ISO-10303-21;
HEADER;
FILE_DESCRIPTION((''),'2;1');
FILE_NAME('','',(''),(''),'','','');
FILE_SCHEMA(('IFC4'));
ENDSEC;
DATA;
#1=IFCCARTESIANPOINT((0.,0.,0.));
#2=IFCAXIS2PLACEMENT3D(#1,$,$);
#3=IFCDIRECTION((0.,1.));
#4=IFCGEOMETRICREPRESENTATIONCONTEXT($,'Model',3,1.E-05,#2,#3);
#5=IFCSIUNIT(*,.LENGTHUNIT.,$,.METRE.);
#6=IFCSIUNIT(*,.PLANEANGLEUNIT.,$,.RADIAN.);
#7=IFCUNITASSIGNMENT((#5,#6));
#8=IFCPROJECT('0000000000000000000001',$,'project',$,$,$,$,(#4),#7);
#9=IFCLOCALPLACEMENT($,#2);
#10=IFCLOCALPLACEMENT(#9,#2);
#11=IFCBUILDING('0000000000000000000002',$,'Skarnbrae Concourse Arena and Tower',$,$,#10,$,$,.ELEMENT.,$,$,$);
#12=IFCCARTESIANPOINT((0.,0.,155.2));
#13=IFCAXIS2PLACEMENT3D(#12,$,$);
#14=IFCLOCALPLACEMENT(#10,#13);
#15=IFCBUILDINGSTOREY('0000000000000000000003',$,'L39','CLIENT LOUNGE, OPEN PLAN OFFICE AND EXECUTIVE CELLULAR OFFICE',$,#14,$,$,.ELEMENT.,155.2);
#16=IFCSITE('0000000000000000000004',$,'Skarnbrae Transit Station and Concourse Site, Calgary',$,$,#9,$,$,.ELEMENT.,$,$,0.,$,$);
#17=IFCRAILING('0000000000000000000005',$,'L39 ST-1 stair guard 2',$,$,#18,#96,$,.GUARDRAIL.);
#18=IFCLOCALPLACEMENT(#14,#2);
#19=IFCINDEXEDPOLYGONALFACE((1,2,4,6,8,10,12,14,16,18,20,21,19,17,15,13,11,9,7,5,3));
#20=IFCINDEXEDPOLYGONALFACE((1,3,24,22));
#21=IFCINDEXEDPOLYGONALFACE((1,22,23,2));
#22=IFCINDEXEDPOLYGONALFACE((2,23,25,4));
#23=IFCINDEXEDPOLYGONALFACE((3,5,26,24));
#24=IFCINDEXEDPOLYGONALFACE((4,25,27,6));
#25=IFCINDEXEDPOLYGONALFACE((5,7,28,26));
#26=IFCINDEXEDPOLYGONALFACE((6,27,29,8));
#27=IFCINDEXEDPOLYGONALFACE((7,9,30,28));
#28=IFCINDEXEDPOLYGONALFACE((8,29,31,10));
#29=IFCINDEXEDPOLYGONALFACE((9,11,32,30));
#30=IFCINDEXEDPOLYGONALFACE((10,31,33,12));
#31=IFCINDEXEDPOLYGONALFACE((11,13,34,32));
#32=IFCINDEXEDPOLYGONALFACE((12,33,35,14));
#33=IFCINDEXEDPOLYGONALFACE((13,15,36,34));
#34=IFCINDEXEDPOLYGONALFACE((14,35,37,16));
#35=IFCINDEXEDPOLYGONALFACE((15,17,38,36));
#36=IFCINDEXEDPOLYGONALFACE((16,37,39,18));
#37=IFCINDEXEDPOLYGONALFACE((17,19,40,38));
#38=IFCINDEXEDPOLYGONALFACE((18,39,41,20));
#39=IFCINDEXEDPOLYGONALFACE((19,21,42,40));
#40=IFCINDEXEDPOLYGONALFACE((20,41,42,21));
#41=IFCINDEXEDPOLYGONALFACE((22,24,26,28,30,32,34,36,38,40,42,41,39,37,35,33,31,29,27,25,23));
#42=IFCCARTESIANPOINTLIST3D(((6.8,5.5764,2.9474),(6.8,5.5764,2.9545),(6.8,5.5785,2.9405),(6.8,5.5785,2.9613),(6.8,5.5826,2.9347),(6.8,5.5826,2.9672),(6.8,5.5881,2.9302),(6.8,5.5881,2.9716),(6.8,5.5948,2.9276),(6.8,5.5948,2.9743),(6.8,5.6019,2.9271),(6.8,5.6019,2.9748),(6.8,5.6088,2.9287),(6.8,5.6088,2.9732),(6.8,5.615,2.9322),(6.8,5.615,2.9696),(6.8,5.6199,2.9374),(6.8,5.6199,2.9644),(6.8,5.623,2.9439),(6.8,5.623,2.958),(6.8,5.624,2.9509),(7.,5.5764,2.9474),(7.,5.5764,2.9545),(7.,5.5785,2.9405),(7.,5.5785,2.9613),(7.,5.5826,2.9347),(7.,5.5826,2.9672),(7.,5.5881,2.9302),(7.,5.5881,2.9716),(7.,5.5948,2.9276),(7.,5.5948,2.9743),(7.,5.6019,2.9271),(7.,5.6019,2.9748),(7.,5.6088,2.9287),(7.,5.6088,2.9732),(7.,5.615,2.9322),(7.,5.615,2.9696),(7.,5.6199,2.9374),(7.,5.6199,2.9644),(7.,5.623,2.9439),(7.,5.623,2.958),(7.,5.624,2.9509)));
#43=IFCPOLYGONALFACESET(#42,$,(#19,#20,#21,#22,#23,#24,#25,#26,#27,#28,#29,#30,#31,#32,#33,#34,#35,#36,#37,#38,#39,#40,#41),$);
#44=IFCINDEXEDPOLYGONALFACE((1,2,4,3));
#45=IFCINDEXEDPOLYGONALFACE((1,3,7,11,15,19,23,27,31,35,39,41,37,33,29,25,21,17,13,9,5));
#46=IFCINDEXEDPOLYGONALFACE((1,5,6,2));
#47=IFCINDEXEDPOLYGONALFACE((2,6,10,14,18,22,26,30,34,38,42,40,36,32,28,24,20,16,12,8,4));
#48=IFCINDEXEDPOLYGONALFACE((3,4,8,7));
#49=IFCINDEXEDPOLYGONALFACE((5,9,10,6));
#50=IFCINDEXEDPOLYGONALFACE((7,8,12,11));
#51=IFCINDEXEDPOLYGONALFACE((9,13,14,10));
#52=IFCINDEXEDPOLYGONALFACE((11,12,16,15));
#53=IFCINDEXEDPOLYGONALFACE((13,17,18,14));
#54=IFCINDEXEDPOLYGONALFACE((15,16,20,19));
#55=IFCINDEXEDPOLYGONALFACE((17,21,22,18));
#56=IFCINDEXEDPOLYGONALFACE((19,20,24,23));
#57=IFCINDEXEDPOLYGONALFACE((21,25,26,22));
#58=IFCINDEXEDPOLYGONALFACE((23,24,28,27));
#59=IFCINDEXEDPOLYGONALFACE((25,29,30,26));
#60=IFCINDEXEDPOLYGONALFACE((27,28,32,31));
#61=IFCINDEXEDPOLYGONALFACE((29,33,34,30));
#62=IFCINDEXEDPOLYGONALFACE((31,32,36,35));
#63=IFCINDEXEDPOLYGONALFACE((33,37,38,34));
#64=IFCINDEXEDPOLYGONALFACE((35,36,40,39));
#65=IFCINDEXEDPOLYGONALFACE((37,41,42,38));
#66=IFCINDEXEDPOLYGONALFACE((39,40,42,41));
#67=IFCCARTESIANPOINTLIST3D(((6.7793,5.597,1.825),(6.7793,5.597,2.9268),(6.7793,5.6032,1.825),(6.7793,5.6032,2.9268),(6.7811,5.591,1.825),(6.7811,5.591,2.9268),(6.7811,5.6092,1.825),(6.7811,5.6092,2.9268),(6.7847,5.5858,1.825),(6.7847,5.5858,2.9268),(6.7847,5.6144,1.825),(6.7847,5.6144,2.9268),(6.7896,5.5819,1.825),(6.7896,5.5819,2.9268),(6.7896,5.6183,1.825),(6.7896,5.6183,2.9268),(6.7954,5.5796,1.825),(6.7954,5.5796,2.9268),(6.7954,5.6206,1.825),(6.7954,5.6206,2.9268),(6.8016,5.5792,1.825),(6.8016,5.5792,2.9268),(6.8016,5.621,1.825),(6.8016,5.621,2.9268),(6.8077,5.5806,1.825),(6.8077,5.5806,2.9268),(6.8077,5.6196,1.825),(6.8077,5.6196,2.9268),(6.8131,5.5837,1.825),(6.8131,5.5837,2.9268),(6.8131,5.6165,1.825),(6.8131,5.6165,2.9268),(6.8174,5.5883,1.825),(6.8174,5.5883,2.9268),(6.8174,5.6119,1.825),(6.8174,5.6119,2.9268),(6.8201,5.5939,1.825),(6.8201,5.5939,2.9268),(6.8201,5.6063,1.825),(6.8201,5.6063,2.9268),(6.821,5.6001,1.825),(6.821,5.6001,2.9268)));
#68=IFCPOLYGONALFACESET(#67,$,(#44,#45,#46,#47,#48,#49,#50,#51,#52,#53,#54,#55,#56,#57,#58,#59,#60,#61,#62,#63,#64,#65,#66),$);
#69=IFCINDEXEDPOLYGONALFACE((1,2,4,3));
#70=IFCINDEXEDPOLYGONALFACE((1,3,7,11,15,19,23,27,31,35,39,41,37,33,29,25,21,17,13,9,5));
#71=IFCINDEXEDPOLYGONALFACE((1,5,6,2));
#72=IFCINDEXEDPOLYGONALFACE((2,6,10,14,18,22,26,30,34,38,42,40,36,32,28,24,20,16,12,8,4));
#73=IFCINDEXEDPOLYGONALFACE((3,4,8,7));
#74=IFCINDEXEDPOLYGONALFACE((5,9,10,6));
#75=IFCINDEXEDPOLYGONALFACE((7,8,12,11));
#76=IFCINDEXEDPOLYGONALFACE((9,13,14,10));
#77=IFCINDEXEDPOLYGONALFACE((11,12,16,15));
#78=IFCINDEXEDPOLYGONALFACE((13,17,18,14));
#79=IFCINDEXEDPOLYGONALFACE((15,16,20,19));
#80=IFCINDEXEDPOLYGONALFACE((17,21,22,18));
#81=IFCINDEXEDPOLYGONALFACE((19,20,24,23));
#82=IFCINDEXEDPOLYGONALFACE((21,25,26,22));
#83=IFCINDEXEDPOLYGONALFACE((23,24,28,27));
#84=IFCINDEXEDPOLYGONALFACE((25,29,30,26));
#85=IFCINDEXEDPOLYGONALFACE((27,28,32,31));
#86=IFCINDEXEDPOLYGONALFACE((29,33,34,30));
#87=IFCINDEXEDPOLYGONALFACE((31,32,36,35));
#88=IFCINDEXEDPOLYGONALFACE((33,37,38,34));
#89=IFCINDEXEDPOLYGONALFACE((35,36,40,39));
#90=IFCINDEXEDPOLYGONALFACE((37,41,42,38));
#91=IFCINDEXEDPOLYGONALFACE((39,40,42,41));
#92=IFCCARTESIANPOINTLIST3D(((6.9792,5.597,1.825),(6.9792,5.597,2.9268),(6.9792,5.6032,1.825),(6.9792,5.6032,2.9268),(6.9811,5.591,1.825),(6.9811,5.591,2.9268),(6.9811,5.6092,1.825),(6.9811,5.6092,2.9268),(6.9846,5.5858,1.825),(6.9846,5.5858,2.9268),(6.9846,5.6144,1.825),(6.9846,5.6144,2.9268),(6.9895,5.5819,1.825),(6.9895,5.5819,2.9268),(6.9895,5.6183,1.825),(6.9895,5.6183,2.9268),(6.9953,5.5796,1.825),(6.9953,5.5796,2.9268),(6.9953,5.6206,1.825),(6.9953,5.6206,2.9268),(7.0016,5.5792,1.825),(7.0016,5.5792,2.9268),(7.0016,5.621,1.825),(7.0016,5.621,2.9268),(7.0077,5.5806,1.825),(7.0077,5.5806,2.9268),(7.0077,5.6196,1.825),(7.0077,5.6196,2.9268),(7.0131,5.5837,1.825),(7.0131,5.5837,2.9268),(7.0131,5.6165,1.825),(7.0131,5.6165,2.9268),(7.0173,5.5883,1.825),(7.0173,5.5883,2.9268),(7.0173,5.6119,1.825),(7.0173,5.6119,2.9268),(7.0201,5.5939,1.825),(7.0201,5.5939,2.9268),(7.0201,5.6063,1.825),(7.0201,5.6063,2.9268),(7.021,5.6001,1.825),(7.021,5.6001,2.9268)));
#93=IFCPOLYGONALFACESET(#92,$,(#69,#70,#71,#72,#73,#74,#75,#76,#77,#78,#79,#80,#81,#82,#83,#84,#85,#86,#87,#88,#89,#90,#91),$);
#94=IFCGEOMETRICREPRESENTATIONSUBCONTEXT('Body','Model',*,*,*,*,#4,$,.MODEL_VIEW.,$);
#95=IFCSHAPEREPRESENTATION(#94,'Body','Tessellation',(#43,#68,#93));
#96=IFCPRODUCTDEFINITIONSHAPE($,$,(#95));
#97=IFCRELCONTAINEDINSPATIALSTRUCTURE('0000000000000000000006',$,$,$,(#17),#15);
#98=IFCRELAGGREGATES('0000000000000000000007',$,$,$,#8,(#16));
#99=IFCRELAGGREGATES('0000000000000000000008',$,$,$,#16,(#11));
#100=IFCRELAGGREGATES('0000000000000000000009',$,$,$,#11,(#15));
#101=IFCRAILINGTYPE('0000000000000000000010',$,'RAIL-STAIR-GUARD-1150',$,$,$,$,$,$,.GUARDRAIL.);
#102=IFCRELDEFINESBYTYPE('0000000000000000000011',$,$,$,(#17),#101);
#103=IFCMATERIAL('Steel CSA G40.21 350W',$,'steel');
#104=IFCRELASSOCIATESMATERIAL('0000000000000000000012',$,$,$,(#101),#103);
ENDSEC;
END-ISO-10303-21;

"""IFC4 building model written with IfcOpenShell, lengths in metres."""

from ifc_helpers import new_model, si_unit, direction, frame, origin, origin_2d, place, context, subcontext, project, spatial, circle, extrude, material, type_object, element, save


model = new_model("IFC4")

# Units and contexts
model_context = context("Model", 3, precision=1e-05, world=origin(), true_north=direction((0.0, 1.0)))
body_context = subcontext(model_context, "Body", "Model", "MODEL_VIEW")
ifc_project = project(units=[si_unit("LENGTHUNIT", "METRE"), si_unit("PLANEANGLEUNIT", "RADIAN")], contexts=[model_context])

# Site, building, storey
site_placement = place(None, origin())
site = spatial("IfcSite", under=ifc_project, at=site_placement, Name="Skarnbrae Transit Station and Concourse Site, Calgary", CompositionType="ELEMENT", RefElevation=0.0)
building_placement = place(site_placement, origin())
building = spatial("IfcBuilding", under=site, at=building_placement, Name="Skarnbrae Concourse Arena and Tower", CompositionType="ELEMENT")
storey_placement = place(building_placement, frame((0.0, 0.0, 155.2)))
storey = spatial("IfcBuildingStorey", under=building, at=storey_placement, Name="L39", Description="CLIENT LOUNGE, OPEN PLAN OFFICE AND EXECUTIVE CELLULAR OFFICE", CompositionType="ELEMENT", Elevation=155.2)

# Railing
ifc_material_1 = material(Name="Steel CSA G40.21 350W", Category="steel")
railing_type_1 = type_object("IfcRailingType", Name="RAIL-STAIR-GUARD-1150", PredefinedType="GUARDRAIL", material=ifc_material_1)
railing_1_placement = place(storey_placement, frame((6.8, 5.6001, 1.825)))
element("IfcRailing", 1, at=railing_1_placement, inside=storey, type_object=railing_type_1, Name="L39 ST-1 stair guard 2", PredefinedType="GUARDRAIL", context=body_context, shape_type="SweptSolid", body=[
    extrude(circle(Radius=0.0239, at=origin_2d()), frame((0.0, 0.0, 1.126), z_axis=(1.0, 0.0, 0.0), x_axis=(0.0, 1.0, 0.0)), (0.0, 0.0, 1.0), 0.2),
    extrude(circle(Radius=0.021, at=origin_2d()), origin(), (0.0, 0.0, 1.0), 1.1018),
    extrude(circle(Radius=0.021, at=origin_2d()), frame((0.2, 0.0, 0.0)), (0.0, 0.0, 1.0), 1.1018),
])

save(model, "model.ifc")
